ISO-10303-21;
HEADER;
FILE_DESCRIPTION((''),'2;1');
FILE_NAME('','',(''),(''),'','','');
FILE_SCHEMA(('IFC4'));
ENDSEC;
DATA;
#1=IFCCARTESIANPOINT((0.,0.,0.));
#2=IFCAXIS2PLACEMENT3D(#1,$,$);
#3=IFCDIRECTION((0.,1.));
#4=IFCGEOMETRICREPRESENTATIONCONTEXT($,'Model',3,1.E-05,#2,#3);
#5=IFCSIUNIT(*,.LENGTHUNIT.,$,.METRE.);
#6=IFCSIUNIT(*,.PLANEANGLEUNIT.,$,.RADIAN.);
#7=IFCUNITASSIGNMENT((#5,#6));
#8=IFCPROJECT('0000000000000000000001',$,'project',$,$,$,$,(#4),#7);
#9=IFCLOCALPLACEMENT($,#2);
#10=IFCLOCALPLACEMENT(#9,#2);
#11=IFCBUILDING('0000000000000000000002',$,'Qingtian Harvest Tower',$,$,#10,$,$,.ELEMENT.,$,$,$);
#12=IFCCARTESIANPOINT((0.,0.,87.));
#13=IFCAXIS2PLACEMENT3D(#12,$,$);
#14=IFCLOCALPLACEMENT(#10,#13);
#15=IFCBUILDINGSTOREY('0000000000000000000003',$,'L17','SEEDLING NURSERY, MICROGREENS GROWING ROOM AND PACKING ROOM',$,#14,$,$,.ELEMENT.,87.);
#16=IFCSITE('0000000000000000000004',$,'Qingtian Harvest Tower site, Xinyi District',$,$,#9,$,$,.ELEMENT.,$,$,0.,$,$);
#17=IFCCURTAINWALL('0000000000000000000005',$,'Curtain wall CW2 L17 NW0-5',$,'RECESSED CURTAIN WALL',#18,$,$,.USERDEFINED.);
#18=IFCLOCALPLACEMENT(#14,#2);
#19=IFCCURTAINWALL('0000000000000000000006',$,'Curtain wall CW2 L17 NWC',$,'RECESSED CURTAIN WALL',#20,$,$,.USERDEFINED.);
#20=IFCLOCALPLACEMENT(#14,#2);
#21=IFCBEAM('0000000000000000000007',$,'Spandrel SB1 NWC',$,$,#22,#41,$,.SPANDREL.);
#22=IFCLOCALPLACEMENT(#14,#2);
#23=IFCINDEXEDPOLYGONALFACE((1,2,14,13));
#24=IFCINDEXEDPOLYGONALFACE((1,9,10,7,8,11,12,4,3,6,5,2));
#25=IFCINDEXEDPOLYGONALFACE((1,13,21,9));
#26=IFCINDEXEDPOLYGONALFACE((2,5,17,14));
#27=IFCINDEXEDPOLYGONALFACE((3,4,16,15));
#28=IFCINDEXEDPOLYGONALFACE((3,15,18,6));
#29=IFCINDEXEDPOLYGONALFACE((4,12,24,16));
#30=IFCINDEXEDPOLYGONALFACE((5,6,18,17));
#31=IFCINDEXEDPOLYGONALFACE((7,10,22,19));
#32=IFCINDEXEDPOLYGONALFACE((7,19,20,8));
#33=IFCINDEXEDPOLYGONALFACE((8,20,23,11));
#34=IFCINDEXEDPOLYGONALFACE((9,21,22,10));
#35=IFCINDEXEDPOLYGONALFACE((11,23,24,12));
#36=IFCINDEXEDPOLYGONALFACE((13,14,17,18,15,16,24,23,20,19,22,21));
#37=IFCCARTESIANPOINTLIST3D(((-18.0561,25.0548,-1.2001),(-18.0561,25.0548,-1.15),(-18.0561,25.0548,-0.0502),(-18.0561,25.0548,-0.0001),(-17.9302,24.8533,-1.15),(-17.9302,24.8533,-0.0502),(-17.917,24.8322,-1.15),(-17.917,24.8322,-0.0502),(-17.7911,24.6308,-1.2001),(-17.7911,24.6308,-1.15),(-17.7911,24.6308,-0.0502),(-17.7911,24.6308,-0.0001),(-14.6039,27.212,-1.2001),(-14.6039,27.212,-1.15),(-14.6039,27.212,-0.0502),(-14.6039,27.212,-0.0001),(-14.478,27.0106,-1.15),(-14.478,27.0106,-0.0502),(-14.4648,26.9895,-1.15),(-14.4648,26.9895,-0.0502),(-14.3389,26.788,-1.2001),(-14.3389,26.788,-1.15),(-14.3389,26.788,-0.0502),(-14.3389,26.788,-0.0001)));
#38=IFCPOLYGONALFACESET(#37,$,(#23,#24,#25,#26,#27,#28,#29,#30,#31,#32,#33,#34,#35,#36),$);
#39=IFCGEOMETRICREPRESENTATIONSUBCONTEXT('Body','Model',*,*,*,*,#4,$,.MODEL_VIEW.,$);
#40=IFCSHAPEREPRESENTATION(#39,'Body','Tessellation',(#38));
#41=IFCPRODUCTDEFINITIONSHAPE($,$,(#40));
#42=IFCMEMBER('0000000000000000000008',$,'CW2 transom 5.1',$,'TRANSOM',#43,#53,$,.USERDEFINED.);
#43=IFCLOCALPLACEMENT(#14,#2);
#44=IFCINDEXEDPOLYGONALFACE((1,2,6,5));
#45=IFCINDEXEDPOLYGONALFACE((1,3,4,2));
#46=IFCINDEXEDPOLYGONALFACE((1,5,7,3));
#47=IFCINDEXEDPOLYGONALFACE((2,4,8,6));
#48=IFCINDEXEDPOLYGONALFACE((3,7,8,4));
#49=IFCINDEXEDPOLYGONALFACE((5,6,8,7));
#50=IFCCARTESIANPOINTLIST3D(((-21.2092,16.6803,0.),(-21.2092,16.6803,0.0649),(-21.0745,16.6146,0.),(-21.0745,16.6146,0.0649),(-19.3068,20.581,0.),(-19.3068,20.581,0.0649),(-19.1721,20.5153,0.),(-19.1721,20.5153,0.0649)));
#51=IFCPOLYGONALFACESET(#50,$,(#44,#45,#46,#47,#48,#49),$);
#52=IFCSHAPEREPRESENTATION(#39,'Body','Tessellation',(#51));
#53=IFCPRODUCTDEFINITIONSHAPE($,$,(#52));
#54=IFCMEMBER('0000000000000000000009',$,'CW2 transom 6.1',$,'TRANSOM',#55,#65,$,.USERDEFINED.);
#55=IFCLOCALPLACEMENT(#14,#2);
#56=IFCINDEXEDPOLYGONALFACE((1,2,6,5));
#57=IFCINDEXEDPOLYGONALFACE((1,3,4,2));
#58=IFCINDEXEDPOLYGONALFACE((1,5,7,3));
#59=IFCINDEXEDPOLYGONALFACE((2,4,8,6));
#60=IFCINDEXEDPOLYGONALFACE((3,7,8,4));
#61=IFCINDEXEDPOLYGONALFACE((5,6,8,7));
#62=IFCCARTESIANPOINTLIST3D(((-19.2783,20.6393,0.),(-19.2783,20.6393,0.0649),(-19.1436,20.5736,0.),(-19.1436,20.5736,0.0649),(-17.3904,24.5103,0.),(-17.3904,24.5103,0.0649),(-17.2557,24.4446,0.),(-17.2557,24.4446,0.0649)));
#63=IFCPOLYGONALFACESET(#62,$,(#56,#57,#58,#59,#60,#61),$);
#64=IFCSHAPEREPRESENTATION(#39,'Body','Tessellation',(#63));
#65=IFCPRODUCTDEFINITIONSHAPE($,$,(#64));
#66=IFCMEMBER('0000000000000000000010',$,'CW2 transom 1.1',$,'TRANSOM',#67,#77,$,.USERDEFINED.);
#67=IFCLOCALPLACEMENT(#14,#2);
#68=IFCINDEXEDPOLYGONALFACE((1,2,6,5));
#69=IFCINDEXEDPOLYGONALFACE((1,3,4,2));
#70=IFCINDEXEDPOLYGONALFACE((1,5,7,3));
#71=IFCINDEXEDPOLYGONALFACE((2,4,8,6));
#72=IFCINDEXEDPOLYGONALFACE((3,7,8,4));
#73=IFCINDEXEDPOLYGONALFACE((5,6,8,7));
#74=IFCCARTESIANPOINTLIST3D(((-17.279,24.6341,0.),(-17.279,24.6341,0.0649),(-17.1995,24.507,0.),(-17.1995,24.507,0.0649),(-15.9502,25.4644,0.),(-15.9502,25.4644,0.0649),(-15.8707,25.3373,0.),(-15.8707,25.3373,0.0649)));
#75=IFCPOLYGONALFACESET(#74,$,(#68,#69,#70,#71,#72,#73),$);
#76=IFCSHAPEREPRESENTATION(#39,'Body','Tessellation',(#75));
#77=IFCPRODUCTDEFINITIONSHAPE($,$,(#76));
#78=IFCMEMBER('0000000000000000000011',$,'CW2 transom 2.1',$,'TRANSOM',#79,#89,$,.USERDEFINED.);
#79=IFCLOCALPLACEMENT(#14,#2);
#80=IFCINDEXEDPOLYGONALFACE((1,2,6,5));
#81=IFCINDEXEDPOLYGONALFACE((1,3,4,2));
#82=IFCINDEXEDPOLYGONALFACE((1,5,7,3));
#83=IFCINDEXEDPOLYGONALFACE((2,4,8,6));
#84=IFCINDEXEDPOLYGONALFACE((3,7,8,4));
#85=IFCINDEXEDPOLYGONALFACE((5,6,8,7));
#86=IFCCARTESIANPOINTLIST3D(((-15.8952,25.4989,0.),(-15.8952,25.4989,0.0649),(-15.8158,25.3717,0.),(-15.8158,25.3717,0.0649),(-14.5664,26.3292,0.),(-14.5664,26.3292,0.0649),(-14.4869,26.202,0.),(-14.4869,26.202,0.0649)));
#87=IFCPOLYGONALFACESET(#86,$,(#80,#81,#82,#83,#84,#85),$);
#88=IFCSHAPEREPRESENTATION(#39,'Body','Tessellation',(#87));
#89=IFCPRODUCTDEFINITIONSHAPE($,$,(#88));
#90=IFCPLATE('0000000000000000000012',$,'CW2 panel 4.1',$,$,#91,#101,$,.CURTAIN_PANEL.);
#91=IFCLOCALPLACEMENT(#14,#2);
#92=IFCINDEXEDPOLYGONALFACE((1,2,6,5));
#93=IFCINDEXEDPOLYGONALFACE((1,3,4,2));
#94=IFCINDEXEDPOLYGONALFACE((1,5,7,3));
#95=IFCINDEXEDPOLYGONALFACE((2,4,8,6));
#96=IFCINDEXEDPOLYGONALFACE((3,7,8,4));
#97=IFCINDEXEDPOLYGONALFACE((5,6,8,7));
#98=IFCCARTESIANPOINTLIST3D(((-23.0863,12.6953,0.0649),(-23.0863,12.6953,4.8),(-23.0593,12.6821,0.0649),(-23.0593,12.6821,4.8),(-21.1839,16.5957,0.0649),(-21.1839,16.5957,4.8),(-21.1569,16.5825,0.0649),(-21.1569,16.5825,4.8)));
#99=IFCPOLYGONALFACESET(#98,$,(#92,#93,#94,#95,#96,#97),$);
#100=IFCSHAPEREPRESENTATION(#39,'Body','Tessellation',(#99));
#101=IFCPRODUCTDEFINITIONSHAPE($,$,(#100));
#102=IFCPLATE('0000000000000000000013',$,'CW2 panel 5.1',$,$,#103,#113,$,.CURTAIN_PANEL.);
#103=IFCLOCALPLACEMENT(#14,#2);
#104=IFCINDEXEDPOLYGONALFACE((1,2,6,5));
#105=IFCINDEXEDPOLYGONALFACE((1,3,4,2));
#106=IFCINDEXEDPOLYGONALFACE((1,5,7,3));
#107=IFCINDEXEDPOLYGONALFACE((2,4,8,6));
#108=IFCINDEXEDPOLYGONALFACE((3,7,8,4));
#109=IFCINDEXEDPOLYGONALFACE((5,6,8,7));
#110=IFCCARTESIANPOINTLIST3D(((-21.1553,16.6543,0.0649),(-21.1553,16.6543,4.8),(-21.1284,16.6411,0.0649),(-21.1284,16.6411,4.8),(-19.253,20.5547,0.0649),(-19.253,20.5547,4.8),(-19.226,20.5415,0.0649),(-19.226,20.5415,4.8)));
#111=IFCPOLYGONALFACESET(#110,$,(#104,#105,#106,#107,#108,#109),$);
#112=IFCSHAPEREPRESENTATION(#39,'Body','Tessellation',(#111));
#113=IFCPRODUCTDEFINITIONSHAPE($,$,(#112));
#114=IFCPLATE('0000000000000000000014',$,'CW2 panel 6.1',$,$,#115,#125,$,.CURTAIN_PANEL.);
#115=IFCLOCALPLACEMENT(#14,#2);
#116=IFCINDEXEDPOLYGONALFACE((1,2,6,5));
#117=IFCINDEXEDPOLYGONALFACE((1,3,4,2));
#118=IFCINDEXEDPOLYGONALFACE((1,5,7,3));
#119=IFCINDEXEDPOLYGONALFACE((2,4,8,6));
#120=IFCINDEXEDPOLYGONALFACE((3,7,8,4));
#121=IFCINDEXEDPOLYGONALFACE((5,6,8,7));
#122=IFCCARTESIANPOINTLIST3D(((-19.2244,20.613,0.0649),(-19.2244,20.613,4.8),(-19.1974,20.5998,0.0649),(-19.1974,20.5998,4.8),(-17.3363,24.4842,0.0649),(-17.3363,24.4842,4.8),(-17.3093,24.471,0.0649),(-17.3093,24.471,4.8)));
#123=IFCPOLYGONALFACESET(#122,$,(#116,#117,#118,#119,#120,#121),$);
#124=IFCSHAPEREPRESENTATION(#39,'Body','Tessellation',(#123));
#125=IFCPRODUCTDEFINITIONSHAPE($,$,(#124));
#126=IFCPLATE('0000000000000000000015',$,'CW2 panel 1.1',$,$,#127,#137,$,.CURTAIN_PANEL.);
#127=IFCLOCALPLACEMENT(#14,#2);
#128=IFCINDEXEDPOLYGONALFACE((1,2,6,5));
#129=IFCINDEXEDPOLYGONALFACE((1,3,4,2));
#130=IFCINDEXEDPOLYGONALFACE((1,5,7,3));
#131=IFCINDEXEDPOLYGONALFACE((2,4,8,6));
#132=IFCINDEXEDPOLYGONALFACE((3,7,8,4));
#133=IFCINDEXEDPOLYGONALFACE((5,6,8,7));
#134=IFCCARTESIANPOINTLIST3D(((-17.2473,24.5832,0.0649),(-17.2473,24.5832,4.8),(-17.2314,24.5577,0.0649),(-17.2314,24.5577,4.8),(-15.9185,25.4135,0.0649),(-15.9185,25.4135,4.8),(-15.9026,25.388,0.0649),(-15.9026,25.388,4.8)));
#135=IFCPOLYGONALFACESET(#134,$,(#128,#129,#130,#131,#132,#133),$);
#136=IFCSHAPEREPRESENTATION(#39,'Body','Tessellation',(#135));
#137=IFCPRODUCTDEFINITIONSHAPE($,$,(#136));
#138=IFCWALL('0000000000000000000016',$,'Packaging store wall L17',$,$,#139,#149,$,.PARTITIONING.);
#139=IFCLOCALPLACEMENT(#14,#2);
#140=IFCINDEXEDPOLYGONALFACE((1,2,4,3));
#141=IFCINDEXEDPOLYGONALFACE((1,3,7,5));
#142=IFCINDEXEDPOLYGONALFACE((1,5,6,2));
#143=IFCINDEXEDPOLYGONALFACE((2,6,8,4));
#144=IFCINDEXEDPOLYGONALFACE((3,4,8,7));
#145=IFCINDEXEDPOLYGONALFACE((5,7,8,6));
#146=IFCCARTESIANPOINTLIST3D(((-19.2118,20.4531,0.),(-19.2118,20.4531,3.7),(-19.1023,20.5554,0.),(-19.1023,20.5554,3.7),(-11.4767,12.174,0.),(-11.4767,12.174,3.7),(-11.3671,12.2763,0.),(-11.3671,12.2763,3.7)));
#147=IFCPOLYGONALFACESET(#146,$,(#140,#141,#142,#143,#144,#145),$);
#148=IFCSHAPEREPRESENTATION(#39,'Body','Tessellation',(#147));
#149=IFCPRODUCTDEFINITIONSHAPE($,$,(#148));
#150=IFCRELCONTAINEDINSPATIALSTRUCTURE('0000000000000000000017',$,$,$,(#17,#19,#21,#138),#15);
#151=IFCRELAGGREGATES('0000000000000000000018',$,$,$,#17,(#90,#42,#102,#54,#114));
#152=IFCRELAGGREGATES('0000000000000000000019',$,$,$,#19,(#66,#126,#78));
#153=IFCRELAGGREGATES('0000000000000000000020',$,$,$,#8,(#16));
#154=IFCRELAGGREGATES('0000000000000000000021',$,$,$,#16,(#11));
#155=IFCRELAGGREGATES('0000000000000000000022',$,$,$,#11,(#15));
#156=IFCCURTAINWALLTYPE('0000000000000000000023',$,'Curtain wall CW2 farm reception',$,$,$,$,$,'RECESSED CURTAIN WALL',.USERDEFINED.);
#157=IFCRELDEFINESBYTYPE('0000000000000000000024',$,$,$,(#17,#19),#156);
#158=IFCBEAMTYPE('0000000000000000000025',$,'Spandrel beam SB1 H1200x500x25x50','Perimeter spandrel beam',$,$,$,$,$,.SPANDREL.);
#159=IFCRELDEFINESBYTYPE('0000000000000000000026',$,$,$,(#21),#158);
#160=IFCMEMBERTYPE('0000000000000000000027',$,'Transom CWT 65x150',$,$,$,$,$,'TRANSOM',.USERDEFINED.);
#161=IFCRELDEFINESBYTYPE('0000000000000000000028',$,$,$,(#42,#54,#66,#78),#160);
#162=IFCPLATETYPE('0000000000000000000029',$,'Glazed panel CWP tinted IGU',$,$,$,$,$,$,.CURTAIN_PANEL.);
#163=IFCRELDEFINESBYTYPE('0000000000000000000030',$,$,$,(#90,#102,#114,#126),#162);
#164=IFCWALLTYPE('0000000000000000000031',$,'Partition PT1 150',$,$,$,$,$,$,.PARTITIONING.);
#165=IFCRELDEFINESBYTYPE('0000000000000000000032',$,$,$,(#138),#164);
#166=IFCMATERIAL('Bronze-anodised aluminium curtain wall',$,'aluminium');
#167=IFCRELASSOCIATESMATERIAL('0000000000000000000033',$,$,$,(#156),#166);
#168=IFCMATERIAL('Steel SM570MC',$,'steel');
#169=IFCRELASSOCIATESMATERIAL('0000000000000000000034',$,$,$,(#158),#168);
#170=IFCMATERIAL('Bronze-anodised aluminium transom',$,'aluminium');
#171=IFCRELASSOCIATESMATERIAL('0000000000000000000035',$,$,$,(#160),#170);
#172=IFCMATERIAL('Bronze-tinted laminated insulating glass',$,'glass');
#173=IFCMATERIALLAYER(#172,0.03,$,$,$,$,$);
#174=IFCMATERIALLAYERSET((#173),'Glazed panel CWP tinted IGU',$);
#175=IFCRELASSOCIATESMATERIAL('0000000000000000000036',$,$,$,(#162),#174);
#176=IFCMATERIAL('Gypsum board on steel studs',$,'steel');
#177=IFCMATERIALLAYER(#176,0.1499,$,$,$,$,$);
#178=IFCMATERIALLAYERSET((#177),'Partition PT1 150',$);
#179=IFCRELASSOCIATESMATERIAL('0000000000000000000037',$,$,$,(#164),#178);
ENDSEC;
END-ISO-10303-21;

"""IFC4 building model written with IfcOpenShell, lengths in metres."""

from ifc_helpers import new_model, si_unit, direction, frame, frame_2d, origin, origin_2d, place, context, subcontext, project, spatial, rectangle, i_section, extrude, material, layer, layer_set, material_profile, profile_set, type_object, element, aggregate, save


model = new_model("IFC4")

# Units and contexts
model_context = context("Model", 3, precision=1e-05, world=origin(), true_north=direction((0.0, 1.0)))
body_context = subcontext(model_context, "Body", "Model", "MODEL_VIEW")
ifc_project = project(units=[si_unit("LENGTHUNIT", "METRE"), si_unit("PLANEANGLEUNIT", "RADIAN")], contexts=[model_context])

# Site, building, storey
site_placement = place(None, origin())
site = spatial("IfcSite", under=ifc_project, at=site_placement, Name="Qingtian Harvest Tower site, Xinyi District", CompositionType="ELEMENT", RefElevation=0.0)
building_placement = place(site_placement, origin())
building = spatial("IfcBuilding", under=site, at=building_placement, Name="Qingtian Harvest Tower", CompositionType="ELEMENT")
storey_placement = place(building_placement, frame((0.0, 0.0, 87.0)))
storey = spatial("IfcBuildingStorey", under=building, at=storey_placement, Name="L17", Description="SEEDLING NURSERY, MICROGREENS GROWING ROOM AND PACKING ROOM", CompositionType="ELEMENT", Elevation=87.0)

# Curtain walls
ifc_material_1 = material(Name="Bronze-anodised aluminium curtain wall", Category="aluminium")
curtain_wall_type = type_object("IfcCurtainWallType", Name="Curtain wall CW2 farm reception", ElementType="RECESSED CURTAIN WALL", PredefinedType="USERDEFINED", material=ifc_material_1)
curtain_wall_1_placement = place(storey_placement, origin())
curtain_wall_1 = element("IfcCurtainWall", 1, at=curtain_wall_1_placement, inside=storey, type_object=curtain_wall_type, Name="Curtain wall CW2 L17 NW0-5", ObjectType="RECESSED CURTAIN WALL", PredefinedType="USERDEFINED")
curtain_wall_2_placement = place(storey_placement, origin())
curtain_wall_2 = element("IfcCurtainWall", 2, at=curtain_wall_2_placement, inside=storey, type_object=curtain_wall_type, Name="Curtain wall CW2 L17 NWC", ObjectType="RECESSED CURTAIN WALL", PredefinedType="USERDEFINED")

# Beam
ifc_material_2 = material(Name="Steel SM570MC", Category="steel")
ifc_material_profile_1 = material_profile(ifc_material_2, i_section(OverallWidth=0.5, OverallDepth=1.2, WebThickness=0.0249, FlangeThickness=0.05, at=origin_2d()), Name="H1200x500x25x50")
ifc_profile_set_1 = profile_set([ifc_material_profile_1], Name="Steel SM570MC")
beam_type_1 = type_object("IfcBeamType", Name="Spandrel beam SB1 H1200x500x25x50", Description="Perimeter spandrel beam", PredefinedType="SPANDREL", material=ifc_profile_set_1)
beam_1_placement = place(storey_placement, frame((-17.9236, 24.8428, -0.6001), z_axis=(0.848039, 0.529934, 0.0), x_axis=(-0.529934, 0.848039, 0.0)))
element("IfcBeam", 3, at=beam_1_placement, inside=storey, type_object=beam_type_1, Name="Spandrel SB1 NWC", PredefinedType="SPANDREL", context=body_context, shape_type="SweptSolid", body=[
    extrude(i_section(OverallWidth=0.5, OverallDepth=1.2, WebThickness=0.0249, FlangeThickness=0.05, at=origin_2d()), origin(), (0.0, 0.0, 1.0), 4.0708),
])

# Members
ifc_material_3 = material(Name="Bronze-anodised aluminium transom", Category="aluminium")
ifc_material_profile_2 = material_profile(ifc_material_3, rectangle(XDim=0.1499, YDim=0.0649, at=origin_2d()), Name="AL 65x150")
ifc_profile_set_2 = profile_set([ifc_material_profile_2], Name="Bronze-anodised aluminium transom")
member_type_1 = type_object("IfcMemberType", Name="Transom CWT 65x150", ElementType="TRANSOM", PredefinedType="USERDEFINED", material=ifc_profile_set_2)
member_1_placement = place(storey_placement, frame((-21.1418, 16.6475, 0.0325), z_axis=(0.438348, 0.898805, 0.0), x_axis=(-0.898805, 0.438348, 0.0)))
member_1 = element("IfcMember", 4, at=member_1_placement, type_object=member_type_1, Name="CW2 transom 5.1", ObjectType="TRANSOM", PredefinedType="USERDEFINED", context=body_context, shape_type="SweptSolid", body=[
    extrude(rectangle(XDim=0.1499, YDim=0.0649, at=origin_2d()), origin(), (0.0, 0.0, 1.0), 4.3398),
])
member_2_placement = place(storey_placement, frame((-19.2109, 20.6064, 0.0325), z_axis=(0.438349, 0.898805, 0.0), x_axis=(-0.898805, 0.438349, 0.0)))
member_2 = element("IfcMember", 5, at=member_2_placement, type_object=member_type_1, Name="CW2 transom 6.1", ObjectType="TRANSOM", PredefinedType="USERDEFINED", context=body_context, shape_type="SweptSolid", body=[
    extrude(rectangle(XDim=0.1499, YDim=0.0649, at=origin_2d()), origin(), (0.0, 0.0, 1.0), 4.3069),
])
member_3_placement = place(storey_placement, frame((-17.2393, 24.5706, 0.0325), z_axis=(0.84806, 0.529901, 0.0), x_axis=(-0.529901, 0.84806, 0.0)))
member_3 = element("IfcMember", 6, at=member_3_placement, type_object=member_type_1, Name="CW2 transom 1.1", ObjectType="TRANSOM", PredefinedType="USERDEFINED", context=body_context, shape_type="SweptSolid", body=[
    extrude(rectangle(XDim=0.1499, YDim=0.0649, at=origin_2d()), origin(), (0.0, 0.0, 1.0), 1.5669),
])
member_4_placement = place(storey_placement, frame((-15.8555, 25.4353, 0.0325), z_axis=(0.84806, 0.529901, 0.0), x_axis=(-0.529901, 0.84806, 0.0)))
member_4 = element("IfcMember", 7, at=member_4_placement, type_object=member_type_1, Name="CW2 transom 2.1", ObjectType="TRANSOM", PredefinedType="USERDEFINED", context=body_context, shape_type="SweptSolid", body=[
    extrude(rectangle(XDim=0.1499, YDim=0.0649, at=origin_2d()), origin(), (0.0, 0.0, 1.0), 1.5669),
])

# Plates
ifc_material_4 = material(Name="Bronze-tinted laminated insulating glass", Category="glass")
ifc_layer_1 = layer(ifc_material_4, 0.03)
ifc_layer_set_1 = layer_set([ifc_layer_1], Name="Glazed panel CWP tinted IGU")
plate_type = type_object("IfcPlateType", Name="Glazed panel CWP tinted IGU", PredefinedType="CURTAIN_PANEL", material=ifc_layer_set_1)
plate_1_placement = place(storey_placement, frame((-22.1216, 14.6389, 0.0649), z_axis=(0.0, 0.0, 1.0), x_axis=(0.438371, 0.898794, 0.0)))
plate_1 = element("IfcPlate", 8, at=plate_1_placement, type_object=plate_type, Name="CW2 panel 4.1", PredefinedType="CURTAIN_PANEL", context=body_context, shape_type="SweptSolid", body=[
    extrude(rectangle(XDim=4.3396, YDim=0.03, at=origin_2d()), origin(), (0.0, 0.0, 1.0), 4.7351),
])
plate_2_placement = place(storey_placement, frame((-20.1907, 18.5979, 0.0649), z_axis=(0.0, 0.0, 1.0), x_axis=(0.438371, 0.898794, 0.0)))
plate_2 = element("IfcPlate", 9, at=plate_2_placement, type_object=plate_type, Name="CW2 panel 5.1", PredefinedType="CURTAIN_PANEL", context=body_context, shape_type="SweptSolid", body=[
    extrude(rectangle(XDim=4.3396, YDim=0.03, at=origin_2d()), origin(), (0.0, 0.0, 1.0), 4.7351),
])
plate_3_placement = place(storey_placement, frame((-18.2668, 22.542, 0.0649), z_axis=(0.0, 0.0, 1.0), x_axis=(0.438371, 0.898794, 0.0)))
plate_3 = element("IfcPlate", 10, at=plate_3_placement, type_object=plate_type, Name="CW2 panel 6.1", PredefinedType="CURTAIN_PANEL", context=body_context, shape_type="SweptSolid", body=[
    extrude(rectangle(XDim=4.3071, YDim=0.03, at=origin_2d()), origin(), (0.0, 0.0, 1.0), 4.7351),
])
aggregate(curtain_wall_1, [plate_1, member_1, plate_2, member_2, plate_3])
plate_4_placement = place(storey_placement, frame((-16.575, 24.9856, 0.0649), z_axis=(0.0, 0.0, 1.0), x_axis=(0.848048, 0.529919, 0.0)))
plate_4 = element("IfcPlate", 11, at=plate_4_placement, type_object=plate_type, Name="CW2 panel 1.1", PredefinedType="CURTAIN_PANEL", context=body_context, shape_type="SweptSolid", body=[
    extrude(rectangle(XDim=1.5669, YDim=0.03, at=origin_2d()), origin(), (0.0, 0.0, 1.0), 4.7351),
])
aggregate(curtain_wall_2, [member_3, plate_4, member_4])

# Wall
ifc_material_5 = material(Name="Gypsum board on steel studs", Category="steel")
ifc_layer_2 = layer(ifc_material_5, 0.1499)
ifc_layer_set_2 = layer_set([ifc_layer_2], Name="Partition PT1 150")
wall_type = type_object("IfcWallType", Name="Partition PT1 150", PredefinedType="PARTITIONING", material=ifc_layer_set_2)
wall_placement = place(storey_placement, frame((-19.157, 20.5042, 0.0), z_axis=(0.0, 0.0, 1.0), x_axis=(0.682695, -0.730703, 0.0)))
element("IfcWall", 12, at=wall_placement, inside=storey, type_object=wall_type, Name="Packaging store wall L17", PredefinedType="PARTITIONING", context=body_context, shape_type="SweptSolid", body=[
    extrude(rectangle(XDim=11.3303, YDim=0.1499, at=frame_2d((5.665, 0.0))), origin(), (0.0, 0.0, 1.0), 3.7),
])

save(model, "model.ifc")
